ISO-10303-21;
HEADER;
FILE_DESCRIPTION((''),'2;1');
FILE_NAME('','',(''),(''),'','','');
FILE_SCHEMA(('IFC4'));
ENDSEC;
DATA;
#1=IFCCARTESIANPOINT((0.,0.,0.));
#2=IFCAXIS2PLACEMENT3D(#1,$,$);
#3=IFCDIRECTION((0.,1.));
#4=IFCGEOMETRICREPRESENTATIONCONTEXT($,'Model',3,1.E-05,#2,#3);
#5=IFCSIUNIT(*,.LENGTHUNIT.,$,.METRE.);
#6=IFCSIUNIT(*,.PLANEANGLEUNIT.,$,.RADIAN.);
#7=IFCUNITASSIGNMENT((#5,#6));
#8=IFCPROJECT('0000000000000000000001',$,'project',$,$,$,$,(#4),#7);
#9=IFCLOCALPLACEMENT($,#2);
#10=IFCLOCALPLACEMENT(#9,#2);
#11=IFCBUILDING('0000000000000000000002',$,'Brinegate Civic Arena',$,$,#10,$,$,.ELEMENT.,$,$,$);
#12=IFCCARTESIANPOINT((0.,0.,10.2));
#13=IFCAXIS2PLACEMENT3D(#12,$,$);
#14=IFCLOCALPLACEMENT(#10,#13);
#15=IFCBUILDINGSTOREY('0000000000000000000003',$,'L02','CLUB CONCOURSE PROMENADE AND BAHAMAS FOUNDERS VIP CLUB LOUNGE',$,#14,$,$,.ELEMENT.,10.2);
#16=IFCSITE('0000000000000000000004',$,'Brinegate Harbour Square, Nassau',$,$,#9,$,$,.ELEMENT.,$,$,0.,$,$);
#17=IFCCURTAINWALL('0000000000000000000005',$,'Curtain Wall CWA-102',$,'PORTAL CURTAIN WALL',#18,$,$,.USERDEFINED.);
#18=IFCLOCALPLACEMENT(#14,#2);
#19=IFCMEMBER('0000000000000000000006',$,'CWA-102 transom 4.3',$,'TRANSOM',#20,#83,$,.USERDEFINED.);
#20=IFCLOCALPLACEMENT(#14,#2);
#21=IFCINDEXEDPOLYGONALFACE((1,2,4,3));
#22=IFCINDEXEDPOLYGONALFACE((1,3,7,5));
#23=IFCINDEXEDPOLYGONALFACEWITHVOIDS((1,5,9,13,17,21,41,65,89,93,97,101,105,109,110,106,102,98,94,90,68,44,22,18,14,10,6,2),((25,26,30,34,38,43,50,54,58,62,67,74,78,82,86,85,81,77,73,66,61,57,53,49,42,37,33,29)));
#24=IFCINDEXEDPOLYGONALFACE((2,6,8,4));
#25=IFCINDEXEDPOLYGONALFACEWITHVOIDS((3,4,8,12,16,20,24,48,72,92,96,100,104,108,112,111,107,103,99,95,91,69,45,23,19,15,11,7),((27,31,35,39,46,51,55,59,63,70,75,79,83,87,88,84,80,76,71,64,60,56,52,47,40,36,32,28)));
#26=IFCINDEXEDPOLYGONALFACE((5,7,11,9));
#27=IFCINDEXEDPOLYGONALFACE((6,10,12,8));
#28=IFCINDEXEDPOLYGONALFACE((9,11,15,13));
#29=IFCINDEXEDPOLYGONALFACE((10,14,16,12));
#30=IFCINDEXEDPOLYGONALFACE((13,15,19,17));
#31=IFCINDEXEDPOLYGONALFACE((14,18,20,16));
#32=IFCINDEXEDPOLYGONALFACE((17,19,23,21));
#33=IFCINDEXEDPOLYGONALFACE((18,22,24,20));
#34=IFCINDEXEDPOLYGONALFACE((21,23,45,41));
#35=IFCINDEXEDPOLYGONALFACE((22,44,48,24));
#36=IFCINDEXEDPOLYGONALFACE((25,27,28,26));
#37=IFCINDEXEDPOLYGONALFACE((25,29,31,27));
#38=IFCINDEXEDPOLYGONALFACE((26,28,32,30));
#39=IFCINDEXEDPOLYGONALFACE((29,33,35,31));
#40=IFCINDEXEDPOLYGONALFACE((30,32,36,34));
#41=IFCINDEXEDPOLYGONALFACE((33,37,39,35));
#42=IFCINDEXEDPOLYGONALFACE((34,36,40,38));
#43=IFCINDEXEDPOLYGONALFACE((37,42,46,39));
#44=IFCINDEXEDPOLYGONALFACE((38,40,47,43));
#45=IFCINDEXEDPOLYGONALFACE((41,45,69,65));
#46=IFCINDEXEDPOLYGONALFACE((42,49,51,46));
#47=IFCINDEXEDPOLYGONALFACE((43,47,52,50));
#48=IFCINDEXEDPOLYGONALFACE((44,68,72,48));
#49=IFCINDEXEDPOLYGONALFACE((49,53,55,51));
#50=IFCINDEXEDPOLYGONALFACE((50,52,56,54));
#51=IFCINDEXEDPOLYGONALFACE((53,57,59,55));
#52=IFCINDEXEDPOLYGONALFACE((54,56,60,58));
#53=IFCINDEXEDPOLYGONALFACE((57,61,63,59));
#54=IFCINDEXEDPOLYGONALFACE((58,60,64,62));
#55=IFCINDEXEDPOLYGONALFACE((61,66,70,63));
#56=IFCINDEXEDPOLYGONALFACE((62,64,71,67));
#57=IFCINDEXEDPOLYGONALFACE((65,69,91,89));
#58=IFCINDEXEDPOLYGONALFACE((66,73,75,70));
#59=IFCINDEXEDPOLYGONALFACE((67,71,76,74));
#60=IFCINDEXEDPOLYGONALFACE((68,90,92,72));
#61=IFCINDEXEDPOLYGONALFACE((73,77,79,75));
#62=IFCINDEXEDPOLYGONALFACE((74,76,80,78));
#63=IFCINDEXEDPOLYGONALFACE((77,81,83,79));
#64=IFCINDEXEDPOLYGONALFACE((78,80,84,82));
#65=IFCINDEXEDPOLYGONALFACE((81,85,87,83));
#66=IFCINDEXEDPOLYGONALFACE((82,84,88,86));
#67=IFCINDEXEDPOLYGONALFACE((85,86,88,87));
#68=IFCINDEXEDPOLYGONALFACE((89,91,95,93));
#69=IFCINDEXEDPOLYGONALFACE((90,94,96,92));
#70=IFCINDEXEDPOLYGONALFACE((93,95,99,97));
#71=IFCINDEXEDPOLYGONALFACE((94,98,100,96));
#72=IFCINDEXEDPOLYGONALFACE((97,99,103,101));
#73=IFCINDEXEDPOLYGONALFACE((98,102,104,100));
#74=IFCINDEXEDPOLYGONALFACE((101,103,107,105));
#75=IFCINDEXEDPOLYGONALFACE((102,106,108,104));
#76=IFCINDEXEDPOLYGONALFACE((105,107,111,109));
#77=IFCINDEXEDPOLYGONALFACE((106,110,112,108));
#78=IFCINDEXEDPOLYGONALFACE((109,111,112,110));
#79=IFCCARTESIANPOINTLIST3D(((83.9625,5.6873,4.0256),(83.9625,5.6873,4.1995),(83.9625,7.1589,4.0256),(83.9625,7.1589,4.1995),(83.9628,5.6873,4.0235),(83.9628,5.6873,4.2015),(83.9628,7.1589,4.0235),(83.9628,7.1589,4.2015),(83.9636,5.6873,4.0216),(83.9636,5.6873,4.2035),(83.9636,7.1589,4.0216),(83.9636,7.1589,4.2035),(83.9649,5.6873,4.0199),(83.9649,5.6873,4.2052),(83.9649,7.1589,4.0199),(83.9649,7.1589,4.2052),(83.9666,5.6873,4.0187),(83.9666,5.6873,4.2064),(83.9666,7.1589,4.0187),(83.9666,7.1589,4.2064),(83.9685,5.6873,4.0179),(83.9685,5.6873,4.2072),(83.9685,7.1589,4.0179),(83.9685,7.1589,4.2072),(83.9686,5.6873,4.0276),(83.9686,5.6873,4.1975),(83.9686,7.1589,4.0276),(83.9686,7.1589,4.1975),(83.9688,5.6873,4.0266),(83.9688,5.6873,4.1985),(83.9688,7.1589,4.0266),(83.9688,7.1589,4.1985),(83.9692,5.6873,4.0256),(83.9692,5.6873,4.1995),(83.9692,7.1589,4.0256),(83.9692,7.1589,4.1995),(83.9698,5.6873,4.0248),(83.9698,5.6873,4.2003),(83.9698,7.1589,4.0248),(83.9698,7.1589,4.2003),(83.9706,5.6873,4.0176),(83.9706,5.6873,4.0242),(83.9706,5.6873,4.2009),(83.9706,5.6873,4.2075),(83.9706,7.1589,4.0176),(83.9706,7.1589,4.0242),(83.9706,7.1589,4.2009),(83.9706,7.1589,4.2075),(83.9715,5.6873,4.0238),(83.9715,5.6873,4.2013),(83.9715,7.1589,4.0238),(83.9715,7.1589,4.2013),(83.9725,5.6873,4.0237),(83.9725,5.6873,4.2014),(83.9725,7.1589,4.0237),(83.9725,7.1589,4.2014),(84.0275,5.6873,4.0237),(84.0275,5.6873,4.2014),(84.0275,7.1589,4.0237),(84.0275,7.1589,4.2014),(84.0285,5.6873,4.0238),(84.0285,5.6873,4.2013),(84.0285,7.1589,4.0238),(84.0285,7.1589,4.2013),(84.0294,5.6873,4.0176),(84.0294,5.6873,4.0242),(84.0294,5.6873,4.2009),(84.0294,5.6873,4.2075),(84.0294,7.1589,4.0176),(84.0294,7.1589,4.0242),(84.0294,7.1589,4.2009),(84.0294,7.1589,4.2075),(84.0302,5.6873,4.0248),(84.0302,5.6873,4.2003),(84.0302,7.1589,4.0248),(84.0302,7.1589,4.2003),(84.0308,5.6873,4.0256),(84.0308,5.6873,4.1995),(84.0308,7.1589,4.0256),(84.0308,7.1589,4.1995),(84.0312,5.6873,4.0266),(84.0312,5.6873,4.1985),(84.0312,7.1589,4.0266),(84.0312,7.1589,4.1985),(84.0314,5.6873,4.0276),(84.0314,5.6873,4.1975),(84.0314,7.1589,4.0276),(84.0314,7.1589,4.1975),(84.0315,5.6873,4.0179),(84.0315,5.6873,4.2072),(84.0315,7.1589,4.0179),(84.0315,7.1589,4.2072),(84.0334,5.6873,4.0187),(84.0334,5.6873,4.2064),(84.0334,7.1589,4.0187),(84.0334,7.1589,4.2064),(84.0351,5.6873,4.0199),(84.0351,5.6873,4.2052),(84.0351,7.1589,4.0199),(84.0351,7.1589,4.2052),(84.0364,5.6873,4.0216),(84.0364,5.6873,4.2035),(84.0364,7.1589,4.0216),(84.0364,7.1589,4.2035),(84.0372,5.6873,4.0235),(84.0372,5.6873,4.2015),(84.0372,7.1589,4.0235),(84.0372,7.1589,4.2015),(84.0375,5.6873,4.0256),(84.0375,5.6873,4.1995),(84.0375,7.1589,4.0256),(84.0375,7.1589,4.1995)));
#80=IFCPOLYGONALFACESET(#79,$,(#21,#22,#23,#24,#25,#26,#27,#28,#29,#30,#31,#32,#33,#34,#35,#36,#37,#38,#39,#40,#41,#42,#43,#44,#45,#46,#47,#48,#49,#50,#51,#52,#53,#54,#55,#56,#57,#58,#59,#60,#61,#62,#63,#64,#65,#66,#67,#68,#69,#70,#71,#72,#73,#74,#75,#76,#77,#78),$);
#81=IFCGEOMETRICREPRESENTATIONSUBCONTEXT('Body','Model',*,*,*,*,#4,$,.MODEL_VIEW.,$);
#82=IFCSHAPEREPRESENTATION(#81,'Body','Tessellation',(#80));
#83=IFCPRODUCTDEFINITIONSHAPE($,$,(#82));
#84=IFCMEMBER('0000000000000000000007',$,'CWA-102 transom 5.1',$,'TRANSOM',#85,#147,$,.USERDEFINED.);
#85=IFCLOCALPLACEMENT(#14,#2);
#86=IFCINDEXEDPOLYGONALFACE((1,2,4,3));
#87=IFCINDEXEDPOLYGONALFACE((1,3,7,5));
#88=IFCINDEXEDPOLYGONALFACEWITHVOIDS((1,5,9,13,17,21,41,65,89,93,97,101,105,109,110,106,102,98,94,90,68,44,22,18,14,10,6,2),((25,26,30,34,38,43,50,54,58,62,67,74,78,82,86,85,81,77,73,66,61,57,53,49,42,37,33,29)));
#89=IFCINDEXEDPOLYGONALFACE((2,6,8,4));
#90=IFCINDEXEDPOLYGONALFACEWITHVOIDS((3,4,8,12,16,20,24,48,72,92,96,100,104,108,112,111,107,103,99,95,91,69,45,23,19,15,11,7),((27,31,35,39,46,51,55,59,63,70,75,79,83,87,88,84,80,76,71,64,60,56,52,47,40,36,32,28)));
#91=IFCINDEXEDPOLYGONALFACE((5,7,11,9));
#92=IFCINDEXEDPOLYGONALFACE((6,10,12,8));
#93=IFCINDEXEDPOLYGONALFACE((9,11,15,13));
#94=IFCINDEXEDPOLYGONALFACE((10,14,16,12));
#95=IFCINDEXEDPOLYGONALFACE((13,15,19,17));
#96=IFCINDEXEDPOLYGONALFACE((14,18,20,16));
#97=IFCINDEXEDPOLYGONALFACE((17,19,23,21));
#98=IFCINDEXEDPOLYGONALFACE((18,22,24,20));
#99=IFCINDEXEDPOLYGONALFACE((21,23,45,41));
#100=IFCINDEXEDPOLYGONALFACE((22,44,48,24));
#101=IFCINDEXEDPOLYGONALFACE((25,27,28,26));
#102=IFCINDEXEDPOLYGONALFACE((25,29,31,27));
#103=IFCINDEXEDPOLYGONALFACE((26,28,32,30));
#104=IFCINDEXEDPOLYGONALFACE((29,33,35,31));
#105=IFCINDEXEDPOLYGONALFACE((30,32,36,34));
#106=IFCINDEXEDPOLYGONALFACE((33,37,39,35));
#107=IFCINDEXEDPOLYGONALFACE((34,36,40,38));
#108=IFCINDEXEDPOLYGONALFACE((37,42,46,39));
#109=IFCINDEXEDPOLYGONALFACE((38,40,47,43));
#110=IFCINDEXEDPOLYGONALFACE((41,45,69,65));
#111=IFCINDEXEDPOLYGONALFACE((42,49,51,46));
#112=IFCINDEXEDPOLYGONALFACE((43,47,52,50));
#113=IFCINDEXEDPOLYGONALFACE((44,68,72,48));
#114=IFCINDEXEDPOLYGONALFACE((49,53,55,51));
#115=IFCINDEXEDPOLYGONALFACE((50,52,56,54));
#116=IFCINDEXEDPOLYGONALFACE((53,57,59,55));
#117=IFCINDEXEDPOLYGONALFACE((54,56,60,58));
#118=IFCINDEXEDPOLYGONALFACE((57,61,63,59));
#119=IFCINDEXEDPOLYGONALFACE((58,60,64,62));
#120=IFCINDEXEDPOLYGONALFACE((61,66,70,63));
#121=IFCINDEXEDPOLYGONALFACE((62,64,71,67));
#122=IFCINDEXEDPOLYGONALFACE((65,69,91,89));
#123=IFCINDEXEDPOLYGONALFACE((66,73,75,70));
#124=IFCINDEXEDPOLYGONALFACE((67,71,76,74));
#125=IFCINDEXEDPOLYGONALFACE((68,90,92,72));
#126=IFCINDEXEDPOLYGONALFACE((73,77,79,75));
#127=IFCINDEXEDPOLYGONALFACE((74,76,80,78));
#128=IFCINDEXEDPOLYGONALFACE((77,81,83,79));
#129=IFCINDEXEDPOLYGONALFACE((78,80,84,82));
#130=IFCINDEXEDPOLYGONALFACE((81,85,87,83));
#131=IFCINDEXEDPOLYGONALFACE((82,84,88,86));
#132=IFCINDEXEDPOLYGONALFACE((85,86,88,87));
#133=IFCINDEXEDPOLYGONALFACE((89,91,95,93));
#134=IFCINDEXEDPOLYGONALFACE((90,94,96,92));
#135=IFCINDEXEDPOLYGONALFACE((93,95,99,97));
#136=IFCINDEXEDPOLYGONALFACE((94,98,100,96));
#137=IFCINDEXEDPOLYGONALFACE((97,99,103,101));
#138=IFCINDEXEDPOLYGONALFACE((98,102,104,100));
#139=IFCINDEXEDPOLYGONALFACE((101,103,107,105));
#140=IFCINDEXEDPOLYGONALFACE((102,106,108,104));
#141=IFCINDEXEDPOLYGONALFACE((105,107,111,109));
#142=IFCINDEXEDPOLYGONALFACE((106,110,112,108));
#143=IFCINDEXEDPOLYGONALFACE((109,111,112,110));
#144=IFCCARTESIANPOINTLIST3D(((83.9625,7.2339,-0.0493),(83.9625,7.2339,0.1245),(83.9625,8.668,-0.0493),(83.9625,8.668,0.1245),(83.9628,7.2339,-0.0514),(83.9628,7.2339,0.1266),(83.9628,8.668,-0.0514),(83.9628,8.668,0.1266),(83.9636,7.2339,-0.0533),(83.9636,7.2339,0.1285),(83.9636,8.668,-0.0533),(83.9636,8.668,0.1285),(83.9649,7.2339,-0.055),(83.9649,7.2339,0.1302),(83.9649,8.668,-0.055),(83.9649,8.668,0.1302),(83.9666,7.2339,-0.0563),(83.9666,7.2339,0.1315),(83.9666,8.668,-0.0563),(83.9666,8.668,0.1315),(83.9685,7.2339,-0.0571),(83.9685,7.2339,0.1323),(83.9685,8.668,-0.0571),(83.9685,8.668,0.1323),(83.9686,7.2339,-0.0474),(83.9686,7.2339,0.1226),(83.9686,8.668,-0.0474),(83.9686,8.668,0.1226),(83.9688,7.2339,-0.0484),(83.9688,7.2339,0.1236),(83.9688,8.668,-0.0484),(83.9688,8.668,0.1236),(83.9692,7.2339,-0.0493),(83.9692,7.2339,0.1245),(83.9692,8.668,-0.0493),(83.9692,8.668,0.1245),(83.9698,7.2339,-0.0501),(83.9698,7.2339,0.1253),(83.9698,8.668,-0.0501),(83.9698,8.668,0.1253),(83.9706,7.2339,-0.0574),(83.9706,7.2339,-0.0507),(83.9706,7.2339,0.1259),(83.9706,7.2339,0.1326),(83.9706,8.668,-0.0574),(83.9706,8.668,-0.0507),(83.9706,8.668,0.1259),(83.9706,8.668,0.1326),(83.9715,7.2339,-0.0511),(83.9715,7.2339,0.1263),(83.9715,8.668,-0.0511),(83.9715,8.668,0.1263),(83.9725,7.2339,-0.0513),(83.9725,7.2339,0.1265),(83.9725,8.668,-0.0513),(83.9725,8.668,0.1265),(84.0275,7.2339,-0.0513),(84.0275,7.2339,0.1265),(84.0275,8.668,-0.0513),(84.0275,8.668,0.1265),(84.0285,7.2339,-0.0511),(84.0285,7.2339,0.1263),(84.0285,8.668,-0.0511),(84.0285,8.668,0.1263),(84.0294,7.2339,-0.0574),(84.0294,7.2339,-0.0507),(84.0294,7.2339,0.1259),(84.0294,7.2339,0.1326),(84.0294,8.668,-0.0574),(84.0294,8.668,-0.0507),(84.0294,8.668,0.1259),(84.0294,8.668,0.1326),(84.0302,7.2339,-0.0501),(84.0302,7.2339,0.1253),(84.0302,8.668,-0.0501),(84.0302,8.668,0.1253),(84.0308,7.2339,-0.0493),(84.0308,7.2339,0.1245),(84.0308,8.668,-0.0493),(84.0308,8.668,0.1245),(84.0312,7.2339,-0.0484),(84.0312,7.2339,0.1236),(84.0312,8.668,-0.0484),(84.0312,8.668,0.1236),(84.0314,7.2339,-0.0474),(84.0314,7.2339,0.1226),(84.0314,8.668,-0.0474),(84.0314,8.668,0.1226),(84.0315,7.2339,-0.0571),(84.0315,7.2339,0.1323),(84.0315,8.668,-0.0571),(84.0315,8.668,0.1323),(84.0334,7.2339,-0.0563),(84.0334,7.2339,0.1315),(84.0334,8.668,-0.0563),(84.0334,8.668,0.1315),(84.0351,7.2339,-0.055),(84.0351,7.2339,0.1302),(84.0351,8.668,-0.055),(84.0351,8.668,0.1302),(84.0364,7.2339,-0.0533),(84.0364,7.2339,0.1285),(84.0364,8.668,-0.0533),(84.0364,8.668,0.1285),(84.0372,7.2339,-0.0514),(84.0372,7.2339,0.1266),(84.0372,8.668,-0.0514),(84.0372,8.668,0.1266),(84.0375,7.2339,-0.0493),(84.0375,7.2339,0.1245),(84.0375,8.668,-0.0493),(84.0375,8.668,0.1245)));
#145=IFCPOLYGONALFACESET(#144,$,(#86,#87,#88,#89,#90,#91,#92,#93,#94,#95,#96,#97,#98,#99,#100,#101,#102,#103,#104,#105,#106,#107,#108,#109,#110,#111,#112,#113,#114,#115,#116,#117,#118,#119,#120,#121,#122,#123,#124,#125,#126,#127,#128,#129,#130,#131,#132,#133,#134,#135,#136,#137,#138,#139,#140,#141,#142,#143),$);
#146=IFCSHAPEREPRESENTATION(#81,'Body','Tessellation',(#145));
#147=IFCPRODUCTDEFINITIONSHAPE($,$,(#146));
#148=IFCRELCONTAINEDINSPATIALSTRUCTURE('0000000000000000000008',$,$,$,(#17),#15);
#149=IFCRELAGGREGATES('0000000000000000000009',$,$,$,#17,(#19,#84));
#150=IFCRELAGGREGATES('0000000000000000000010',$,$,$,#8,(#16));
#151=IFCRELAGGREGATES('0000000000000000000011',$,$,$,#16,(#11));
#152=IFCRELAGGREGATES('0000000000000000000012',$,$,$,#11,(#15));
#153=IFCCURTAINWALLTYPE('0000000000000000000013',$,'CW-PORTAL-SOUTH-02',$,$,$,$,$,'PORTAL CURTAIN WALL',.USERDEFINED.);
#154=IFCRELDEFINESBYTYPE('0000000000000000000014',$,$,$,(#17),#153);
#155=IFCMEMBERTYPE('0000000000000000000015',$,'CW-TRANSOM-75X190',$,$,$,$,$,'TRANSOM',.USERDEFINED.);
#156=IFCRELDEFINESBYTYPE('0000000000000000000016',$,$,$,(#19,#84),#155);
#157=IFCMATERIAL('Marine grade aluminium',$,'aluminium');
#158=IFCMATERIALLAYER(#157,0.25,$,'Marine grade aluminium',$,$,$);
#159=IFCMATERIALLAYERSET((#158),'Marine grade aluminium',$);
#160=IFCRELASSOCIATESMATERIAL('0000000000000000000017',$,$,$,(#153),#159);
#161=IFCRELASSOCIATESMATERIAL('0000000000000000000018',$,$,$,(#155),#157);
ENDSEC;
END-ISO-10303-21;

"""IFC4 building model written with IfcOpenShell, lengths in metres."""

from ifc_helpers import new_model, si_unit, direction, frame, origin, origin_2d, place, context, subcontext, project, spatial, hollow_rectangle, extrude, material, layer, layer_set, material_profile, profile_set, type_object, element, aggregate, save


model = new_model("IFC4")

# Units and contexts
model_context = context("Model", 3, precision=1e-05, world=origin(), true_north=direction((0.0, 1.0)))
body_context = subcontext(model_context, "Body", "Model", "MODEL_VIEW")
ifc_project = project(units=[si_unit("LENGTHUNIT", "METRE"), si_unit("PLANEANGLEUNIT", "RADIAN")], contexts=[model_context])

# Site, building, storey
site_placement = place(None, origin())
site = spatial("IfcSite", under=ifc_project, at=site_placement, Name="Brinegate Harbour Square, Nassau", CompositionType="ELEMENT", RefElevation=0.0)
building_placement = place(site_placement, origin())
building = spatial("IfcBuilding", under=site, at=building_placement, Name="Brinegate Civic Arena", CompositionType="ELEMENT")
storey_placement = place(building_placement, frame((0.0, 0.0, 10.2)))
storey = spatial("IfcBuildingStorey", under=building, at=storey_placement, Name="L02", Description="CLUB CONCOURSE PROMENADE AND BAHAMAS FOUNDERS VIP CLUB LOUNGE", CompositionType="ELEMENT", Elevation=10.2)

# Curtain wall, members
ifc_material_1 = material(Name="Marine grade aluminium", Category="aluminium")
ifc_layer_1 = layer(ifc_material_1, 0.25, Name="Marine grade aluminium")
ifc_layer_set_1 = layer_set([ifc_layer_1], Name="Marine grade aluminium")
curtain_wall_type = type_object("IfcCurtainWallType", Name="CW-PORTAL-SOUTH-02", ElementType="PORTAL CURTAIN WALL", PredefinedType="USERDEFINED", material=ifc_layer_set_1)
curtain_wall_placement = place(storey_placement, origin())
curtain_wall = element("IfcCurtainWall", 1, at=curtain_wall_placement, inside=storey, type_object=curtain_wall_type, Name="Curtain Wall CWA-102", ObjectType="PORTAL CURTAIN WALL", PredefinedType="USERDEFINED")
ifc_material_profile_1 = material_profile(ifc_material_1, hollow_rectangle(XDim=0.075, YDim=0.1899, WallThickness=0.0061, InnerFilletRadius=0.0039, OuterFilletRadius=0.0081, at=origin_2d()), Name="TRN75X190")
ifc_profile_set_1 = profile_set([ifc_material_profile_1], Name="Marine grade aluminium")
member_type_1 = type_object("IfcMemberType", Name="CW-TRANSOM-75X190", ElementType="TRANSOM", PredefinedType="USERDEFINED", material=ifc_profile_set_1)
member_1_placement = place(storey_placement, frame((84.0, 5.6873, 4.1125), z_axis=(0.0, 1.0, 0.0), x_axis=(-1.0, 0.0, 0.0)))
member_1 = element("IfcMember", 2, at=member_1_placement, type_object=member_type_1, Name="CWA-102 transom 4.3", ObjectType="TRANSOM", PredefinedType="USERDEFINED", context=body_context, shape_type="SweptSolid", body=[
    extrude(hollow_rectangle(XDim=0.075, YDim=0.1899, WallThickness=0.0061, InnerFilletRadius=0.0039, OuterFilletRadius=0.0081, at=origin_2d()), origin(), (0.0, 0.0, 1.0), 1.4717),
])
member_2_placement = place(storey_placement, frame((84.0, 7.2339, 0.0376), z_axis=(0.0, 1.0, 0.0), x_axis=(-1.0, 0.0, 0.0)))
member_2 = element("IfcMember", 3, at=member_2_placement, type_object=member_type_1, Name="CWA-102 transom 5.1", ObjectType="TRANSOM", PredefinedType="USERDEFINED", context=body_context, shape_type="SweptSolid", body=[
    extrude(hollow_rectangle(XDim=0.075, YDim=0.1899, WallThickness=0.0061, InnerFilletRadius=0.0039, OuterFilletRadius=0.0081, at=origin_2d()), origin(), (0.0, 0.0, 1.0), 1.4341),
])

aggregate(curtain_wall, [member_1, member_2])

save(model, "model.ifc")
